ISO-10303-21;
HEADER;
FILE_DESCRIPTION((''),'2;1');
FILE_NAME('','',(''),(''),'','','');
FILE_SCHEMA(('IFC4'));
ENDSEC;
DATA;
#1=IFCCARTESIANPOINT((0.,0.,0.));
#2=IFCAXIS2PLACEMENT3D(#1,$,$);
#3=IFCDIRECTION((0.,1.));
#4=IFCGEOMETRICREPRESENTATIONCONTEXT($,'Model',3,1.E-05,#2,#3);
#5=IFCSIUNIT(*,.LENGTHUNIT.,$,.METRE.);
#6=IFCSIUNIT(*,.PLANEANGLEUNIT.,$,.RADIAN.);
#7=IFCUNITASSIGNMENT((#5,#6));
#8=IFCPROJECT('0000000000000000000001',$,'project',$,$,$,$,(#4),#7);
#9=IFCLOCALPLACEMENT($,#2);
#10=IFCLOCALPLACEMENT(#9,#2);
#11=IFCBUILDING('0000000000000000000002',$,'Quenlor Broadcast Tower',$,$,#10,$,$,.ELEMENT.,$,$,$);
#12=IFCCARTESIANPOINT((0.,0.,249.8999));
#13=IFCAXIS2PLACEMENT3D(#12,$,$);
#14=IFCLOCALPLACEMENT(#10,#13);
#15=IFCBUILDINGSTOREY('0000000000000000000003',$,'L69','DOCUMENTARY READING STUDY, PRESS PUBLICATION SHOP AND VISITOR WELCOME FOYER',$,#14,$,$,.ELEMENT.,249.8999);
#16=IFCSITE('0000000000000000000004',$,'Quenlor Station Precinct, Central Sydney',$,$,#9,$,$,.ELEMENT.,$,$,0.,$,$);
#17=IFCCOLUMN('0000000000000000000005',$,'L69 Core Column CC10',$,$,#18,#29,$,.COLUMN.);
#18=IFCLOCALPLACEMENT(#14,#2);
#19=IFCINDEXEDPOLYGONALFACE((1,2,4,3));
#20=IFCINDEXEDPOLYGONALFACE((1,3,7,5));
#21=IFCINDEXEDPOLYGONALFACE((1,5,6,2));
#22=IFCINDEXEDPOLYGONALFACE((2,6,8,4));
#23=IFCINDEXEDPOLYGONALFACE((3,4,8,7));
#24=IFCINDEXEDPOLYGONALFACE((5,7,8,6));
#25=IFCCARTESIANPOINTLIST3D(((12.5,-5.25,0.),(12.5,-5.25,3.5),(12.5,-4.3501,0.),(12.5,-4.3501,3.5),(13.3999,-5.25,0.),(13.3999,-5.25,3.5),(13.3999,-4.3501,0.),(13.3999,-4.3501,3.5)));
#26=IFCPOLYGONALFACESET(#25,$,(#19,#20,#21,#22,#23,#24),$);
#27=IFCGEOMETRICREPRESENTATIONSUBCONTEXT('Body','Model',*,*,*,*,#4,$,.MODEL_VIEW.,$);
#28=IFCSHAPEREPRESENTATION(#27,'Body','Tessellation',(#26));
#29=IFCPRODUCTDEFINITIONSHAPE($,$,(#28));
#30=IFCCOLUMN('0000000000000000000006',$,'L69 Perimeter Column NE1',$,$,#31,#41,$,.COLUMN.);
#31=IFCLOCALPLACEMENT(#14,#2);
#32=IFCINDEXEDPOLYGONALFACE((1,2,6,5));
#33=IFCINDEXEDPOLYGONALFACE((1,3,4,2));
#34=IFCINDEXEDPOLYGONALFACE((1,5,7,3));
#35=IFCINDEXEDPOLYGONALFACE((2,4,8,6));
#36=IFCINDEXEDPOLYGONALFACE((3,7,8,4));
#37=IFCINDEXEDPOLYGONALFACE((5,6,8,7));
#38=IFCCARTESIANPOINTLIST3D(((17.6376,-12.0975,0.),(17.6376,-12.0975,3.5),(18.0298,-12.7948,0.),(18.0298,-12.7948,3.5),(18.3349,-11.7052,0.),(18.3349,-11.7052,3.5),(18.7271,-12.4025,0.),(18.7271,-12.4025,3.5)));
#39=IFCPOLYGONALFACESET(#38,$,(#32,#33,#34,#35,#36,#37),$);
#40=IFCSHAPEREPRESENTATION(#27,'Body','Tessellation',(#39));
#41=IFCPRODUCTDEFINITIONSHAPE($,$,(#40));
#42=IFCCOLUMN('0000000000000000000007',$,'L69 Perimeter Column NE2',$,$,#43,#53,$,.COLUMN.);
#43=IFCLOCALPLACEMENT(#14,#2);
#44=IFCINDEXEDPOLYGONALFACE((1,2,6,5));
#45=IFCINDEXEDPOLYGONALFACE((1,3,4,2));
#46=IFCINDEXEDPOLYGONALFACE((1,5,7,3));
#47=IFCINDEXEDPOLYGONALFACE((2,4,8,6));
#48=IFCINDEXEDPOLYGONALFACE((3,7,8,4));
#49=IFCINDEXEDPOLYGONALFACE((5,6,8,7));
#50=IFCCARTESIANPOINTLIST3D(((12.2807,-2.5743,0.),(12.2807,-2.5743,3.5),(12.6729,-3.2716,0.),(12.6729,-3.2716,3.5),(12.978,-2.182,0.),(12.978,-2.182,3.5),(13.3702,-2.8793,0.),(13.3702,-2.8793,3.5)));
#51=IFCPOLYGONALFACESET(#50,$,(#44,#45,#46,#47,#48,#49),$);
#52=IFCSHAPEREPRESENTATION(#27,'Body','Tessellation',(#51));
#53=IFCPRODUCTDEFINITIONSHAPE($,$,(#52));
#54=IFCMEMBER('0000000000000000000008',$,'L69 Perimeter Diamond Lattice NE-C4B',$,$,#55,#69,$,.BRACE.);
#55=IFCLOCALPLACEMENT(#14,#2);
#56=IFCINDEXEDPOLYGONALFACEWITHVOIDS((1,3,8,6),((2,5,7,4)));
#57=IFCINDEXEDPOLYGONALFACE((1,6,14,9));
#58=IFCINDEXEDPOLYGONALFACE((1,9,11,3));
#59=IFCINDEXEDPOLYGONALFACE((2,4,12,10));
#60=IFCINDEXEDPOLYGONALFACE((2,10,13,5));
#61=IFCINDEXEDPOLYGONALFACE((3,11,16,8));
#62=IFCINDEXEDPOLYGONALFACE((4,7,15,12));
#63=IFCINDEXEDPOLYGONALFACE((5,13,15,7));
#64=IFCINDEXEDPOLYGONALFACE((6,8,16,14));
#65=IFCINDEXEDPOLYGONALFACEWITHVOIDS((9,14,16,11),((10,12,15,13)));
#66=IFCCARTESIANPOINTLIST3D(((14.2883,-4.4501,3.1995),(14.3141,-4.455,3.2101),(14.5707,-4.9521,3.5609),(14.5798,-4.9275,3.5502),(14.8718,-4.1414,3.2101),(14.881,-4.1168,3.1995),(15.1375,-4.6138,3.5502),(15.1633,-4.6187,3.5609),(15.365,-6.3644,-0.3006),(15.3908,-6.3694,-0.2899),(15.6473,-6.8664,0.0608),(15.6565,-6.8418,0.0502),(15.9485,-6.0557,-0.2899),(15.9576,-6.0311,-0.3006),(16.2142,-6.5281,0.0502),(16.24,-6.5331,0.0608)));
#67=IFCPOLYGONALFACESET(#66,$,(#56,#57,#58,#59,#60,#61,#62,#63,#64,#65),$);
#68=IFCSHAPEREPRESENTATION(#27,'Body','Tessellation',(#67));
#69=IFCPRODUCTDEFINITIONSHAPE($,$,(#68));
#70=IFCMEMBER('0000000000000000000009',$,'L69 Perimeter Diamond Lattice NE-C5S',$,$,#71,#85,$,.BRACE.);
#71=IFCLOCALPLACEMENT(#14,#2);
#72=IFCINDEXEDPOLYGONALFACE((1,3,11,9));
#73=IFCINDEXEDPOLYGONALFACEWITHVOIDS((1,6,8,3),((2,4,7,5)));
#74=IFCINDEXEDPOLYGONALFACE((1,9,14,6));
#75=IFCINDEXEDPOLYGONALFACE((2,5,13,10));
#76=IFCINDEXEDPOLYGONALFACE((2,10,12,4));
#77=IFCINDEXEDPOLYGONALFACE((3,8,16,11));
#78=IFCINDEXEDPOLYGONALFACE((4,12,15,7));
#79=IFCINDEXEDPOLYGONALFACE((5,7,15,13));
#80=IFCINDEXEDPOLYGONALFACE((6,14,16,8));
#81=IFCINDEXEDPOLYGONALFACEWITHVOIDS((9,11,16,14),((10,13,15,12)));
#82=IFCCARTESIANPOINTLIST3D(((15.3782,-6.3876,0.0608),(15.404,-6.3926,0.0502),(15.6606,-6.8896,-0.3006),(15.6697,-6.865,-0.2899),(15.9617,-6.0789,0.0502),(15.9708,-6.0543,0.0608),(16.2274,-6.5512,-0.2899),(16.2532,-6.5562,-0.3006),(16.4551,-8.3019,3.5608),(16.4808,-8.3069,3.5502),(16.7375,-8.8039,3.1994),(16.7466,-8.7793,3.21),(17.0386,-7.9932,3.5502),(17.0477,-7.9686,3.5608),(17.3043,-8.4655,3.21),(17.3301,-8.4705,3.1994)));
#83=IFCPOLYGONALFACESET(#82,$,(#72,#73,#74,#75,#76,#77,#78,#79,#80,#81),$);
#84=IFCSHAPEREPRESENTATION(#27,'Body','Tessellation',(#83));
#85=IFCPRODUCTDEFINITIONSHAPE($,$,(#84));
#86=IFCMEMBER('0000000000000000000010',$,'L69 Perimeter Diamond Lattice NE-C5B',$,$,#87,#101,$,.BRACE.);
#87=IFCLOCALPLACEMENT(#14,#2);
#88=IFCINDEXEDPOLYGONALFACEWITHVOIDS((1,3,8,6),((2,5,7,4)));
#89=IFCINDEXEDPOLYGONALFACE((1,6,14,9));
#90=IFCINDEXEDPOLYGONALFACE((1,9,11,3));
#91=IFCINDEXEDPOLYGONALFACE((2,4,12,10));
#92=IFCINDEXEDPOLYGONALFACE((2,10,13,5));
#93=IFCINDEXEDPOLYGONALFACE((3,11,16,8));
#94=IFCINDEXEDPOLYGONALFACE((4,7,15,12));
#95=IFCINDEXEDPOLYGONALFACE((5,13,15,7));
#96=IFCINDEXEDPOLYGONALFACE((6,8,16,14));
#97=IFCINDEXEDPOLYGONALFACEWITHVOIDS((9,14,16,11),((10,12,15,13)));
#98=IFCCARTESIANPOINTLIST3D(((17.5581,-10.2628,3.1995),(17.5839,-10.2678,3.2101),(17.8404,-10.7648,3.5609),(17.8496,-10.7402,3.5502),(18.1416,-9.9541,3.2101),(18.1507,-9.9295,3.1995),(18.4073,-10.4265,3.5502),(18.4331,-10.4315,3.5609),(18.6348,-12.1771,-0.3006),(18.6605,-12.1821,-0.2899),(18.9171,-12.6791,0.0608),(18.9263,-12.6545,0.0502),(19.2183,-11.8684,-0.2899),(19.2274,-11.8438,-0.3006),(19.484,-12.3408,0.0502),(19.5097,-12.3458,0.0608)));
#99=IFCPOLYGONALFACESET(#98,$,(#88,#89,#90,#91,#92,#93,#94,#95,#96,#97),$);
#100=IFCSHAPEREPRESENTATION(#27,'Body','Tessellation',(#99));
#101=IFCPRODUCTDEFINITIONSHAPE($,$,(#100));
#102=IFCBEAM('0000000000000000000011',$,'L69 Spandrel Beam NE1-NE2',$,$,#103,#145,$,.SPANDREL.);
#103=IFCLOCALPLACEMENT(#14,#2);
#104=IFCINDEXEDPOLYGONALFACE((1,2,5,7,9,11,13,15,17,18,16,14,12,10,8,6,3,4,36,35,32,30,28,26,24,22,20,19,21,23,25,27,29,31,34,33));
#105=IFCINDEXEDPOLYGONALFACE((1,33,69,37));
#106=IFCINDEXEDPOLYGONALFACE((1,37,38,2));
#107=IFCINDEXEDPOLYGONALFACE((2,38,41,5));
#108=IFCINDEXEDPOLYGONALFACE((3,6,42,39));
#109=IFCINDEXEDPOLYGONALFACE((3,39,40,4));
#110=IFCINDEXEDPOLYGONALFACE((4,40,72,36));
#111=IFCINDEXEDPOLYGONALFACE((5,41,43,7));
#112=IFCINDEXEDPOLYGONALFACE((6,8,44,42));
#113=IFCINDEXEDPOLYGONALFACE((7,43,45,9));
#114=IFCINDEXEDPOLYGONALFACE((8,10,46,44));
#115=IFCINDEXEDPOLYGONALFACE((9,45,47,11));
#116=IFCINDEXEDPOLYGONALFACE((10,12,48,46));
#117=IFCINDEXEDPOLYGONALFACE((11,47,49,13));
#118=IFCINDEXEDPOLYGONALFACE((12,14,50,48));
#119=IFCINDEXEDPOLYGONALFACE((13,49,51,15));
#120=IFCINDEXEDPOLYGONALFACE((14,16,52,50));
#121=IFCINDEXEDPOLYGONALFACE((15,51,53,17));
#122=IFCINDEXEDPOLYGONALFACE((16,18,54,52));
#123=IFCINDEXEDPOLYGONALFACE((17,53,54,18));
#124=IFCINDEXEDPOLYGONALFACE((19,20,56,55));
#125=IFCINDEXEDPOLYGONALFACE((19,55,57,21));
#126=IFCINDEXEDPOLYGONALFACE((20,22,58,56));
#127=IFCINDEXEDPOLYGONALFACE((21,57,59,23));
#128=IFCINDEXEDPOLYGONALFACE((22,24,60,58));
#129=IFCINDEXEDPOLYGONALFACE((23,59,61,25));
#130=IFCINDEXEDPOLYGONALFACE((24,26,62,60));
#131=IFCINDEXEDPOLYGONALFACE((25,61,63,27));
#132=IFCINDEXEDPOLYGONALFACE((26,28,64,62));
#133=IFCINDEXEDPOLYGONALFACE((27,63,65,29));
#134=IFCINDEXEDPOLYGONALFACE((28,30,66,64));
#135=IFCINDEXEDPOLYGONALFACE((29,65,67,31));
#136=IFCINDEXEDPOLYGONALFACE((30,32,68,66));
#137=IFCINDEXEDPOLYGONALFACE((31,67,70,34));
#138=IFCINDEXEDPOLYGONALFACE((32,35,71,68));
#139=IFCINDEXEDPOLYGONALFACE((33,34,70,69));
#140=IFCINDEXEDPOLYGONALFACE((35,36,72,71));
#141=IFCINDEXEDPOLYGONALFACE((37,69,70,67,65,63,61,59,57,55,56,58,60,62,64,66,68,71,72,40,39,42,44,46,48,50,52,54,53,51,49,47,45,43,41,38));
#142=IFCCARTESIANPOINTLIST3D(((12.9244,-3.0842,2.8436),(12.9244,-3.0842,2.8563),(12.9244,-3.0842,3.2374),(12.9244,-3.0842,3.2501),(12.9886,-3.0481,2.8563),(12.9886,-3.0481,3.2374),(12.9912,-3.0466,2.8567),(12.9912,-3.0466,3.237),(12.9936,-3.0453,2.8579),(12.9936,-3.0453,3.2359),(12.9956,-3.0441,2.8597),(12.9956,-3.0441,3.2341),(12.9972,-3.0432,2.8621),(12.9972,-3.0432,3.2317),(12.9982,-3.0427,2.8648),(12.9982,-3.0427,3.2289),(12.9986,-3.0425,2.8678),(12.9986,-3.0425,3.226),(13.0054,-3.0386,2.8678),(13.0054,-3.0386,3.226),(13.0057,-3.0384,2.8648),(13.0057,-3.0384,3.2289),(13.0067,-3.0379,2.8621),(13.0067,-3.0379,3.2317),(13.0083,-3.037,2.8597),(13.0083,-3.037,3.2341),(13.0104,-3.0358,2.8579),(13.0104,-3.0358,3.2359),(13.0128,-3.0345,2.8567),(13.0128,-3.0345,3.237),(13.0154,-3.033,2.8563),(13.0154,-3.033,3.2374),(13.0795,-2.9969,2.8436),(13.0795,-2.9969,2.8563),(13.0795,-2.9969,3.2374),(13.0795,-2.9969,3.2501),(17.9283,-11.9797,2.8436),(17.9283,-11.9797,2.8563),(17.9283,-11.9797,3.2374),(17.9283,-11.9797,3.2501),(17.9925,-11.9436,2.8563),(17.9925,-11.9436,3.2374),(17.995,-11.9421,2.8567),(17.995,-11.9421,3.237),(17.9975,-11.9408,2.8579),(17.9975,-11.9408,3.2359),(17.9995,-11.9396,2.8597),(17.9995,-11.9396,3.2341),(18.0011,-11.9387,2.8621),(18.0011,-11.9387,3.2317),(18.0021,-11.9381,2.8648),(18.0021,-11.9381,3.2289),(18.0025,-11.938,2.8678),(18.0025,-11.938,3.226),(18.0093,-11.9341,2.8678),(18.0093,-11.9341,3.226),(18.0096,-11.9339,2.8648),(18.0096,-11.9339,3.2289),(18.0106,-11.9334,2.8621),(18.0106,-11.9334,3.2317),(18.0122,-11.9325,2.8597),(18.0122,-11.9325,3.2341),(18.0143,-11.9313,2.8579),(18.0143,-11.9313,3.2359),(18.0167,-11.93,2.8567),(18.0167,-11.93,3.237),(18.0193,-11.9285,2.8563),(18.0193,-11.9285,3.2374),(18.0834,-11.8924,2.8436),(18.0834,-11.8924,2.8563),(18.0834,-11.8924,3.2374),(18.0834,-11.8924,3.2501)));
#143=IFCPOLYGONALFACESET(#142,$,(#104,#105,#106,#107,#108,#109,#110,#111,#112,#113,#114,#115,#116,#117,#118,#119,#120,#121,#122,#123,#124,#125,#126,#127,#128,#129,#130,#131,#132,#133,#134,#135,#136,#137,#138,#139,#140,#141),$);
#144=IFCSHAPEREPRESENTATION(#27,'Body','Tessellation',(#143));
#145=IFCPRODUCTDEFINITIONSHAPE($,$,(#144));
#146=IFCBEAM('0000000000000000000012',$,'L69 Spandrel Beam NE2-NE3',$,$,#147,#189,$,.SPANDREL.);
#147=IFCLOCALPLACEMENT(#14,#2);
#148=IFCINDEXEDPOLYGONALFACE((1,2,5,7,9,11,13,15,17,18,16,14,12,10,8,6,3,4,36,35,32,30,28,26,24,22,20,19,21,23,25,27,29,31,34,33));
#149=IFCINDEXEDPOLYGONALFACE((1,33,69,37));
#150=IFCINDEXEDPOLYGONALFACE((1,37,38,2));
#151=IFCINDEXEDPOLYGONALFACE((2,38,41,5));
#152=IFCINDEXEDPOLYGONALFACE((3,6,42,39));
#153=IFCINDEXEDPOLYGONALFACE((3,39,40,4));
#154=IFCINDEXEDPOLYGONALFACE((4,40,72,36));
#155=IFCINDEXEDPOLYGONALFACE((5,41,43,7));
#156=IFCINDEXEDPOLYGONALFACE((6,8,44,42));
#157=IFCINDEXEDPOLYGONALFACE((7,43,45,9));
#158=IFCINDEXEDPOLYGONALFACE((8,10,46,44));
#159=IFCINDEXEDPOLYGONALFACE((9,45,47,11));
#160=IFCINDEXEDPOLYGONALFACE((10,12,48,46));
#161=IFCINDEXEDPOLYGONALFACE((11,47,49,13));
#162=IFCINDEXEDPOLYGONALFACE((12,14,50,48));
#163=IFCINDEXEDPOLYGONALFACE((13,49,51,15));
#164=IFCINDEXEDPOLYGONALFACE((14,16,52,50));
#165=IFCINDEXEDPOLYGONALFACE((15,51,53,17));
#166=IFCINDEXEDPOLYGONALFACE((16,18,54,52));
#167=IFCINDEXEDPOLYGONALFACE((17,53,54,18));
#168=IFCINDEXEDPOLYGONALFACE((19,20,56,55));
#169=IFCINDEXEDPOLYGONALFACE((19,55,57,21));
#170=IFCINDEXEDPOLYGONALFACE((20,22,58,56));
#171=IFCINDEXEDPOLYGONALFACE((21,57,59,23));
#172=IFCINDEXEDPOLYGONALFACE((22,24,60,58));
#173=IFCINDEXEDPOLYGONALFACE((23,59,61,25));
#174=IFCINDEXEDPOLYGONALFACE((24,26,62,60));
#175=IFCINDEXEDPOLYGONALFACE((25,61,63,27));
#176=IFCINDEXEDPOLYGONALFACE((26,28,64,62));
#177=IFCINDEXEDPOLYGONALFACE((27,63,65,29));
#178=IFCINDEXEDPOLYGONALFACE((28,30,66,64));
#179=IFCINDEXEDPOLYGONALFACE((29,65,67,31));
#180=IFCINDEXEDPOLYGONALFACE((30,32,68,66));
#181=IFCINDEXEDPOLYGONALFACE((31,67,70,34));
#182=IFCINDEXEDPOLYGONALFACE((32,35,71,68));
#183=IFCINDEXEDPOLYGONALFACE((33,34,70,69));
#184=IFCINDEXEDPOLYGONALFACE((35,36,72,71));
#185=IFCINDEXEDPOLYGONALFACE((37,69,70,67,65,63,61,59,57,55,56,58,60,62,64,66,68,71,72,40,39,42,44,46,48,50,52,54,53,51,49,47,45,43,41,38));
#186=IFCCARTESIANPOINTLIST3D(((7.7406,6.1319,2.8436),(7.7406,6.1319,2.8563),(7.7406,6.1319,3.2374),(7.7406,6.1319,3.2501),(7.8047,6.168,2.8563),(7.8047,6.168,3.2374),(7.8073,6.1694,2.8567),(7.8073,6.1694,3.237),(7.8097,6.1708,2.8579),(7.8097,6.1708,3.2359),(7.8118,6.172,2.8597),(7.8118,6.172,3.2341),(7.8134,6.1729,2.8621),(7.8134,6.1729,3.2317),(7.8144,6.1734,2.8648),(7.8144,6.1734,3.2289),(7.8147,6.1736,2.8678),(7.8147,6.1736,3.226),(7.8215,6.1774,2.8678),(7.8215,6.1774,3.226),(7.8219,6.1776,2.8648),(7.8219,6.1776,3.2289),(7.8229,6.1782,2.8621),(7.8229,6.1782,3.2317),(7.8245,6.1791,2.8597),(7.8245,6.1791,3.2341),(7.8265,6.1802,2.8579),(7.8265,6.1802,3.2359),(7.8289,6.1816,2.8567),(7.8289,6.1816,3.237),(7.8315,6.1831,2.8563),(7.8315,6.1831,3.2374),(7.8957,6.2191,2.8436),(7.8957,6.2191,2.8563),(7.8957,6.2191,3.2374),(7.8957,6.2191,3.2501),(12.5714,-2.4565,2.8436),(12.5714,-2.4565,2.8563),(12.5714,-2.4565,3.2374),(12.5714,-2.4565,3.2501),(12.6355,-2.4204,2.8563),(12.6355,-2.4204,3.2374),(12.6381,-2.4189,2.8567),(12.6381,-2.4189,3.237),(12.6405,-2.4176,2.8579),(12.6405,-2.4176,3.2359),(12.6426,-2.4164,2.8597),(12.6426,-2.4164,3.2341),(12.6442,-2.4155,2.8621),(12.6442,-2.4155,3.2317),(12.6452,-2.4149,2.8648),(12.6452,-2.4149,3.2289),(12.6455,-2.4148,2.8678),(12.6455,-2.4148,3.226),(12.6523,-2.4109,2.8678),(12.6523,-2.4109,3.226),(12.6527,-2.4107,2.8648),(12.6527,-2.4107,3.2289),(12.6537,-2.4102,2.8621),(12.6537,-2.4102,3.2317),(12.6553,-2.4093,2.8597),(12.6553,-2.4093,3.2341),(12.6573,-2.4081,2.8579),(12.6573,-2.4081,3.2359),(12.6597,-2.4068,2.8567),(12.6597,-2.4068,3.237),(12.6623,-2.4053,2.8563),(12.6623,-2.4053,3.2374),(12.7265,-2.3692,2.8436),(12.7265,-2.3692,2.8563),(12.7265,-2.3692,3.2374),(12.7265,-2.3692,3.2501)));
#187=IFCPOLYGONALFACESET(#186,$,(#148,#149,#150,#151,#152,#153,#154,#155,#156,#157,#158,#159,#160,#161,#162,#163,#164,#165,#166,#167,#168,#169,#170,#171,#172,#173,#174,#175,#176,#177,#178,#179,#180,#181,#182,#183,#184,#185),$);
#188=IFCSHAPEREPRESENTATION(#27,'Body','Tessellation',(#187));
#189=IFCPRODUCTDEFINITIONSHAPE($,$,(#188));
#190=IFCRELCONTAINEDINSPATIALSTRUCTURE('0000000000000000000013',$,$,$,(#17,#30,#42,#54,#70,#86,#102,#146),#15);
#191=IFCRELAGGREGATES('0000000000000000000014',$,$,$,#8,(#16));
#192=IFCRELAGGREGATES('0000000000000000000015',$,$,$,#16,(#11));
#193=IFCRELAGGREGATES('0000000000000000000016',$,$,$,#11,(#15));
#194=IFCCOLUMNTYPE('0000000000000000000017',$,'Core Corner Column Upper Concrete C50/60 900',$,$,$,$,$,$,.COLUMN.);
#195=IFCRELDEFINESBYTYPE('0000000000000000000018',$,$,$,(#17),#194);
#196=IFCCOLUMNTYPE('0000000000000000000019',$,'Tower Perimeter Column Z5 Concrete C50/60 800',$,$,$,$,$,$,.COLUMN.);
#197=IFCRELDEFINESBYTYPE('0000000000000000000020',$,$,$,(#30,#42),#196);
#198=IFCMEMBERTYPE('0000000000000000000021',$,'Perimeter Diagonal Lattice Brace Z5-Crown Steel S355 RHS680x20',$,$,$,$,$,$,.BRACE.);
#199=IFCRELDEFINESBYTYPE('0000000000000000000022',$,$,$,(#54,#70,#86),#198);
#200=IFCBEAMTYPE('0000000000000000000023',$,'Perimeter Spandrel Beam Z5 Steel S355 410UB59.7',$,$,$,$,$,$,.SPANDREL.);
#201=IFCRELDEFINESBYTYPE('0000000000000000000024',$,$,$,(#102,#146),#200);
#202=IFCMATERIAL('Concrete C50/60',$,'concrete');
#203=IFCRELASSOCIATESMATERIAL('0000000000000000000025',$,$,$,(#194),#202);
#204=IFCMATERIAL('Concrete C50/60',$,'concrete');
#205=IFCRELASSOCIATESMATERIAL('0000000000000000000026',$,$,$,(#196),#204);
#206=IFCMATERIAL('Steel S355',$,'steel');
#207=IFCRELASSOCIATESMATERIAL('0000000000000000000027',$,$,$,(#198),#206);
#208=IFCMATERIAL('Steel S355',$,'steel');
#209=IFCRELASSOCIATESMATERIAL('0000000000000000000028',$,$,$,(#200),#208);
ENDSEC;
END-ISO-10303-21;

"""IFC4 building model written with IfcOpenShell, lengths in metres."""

from ifc_helpers import new_model, si_unit, direction, frame, origin, origin_2d, place, context, subcontext, project, spatial, rectangle, hollow_rectangle, i_section, extrude, material, material_profile, profile_set, type_object, element, save


model = new_model("IFC4")

# Units and contexts
model_context = context("Model", 3, precision=1e-05, world=origin(), true_north=direction((0.0, 1.0)))
body_context = subcontext(model_context, "Body", "Model", "MODEL_VIEW")
ifc_project = project(units=[si_unit("LENGTHUNIT", "METRE"), si_unit("PLANEANGLEUNIT", "RADIAN")], contexts=[model_context])

# Site, building, storey
site_placement = place(None, origin())
site = spatial("IfcSite", under=ifc_project, at=site_placement, Name="Quenlor Station Precinct, Central Sydney", CompositionType="ELEMENT", RefElevation=0.0)
building_placement = place(site_placement, origin())
building = spatial("IfcBuilding", under=site, at=building_placement, Name="Quenlor Broadcast Tower", CompositionType="ELEMENT")
storey_placement = place(building_placement, frame((0.0, 0.0, 249.8999)))
storey = spatial("IfcBuildingStorey", under=building, at=storey_placement, Name="L69", Description="DOCUMENTARY READING STUDY, PRESS PUBLICATION SHOP AND VISITOR WELCOME FOYER", CompositionType="ELEMENT", Elevation=249.8999)

# Columns
ifc_material_1 = material(Name="Concrete C50/60", Category="concrete")
ifc_material_profile_1 = material_profile(ifc_material_1, rectangle(XDim=0.8999, YDim=0.8999, at=origin_2d()))
ifc_profile_set_1 = profile_set([ifc_material_profile_1], Name="Concrete C50/60 RC900x900")
column_type_1 = type_object("IfcColumnType", Name="Core Corner Column Upper Concrete C50/60 900", PredefinedType="COLUMN", material=ifc_profile_set_1)
column_placement = place(storey_placement, frame((12.95, -4.8, 0.0), z_axis=(0.0, 0.0, 1.0), x_axis=(1.0, 0.0, 0.0)))
element("IfcColumn", 1, at=column_placement, inside=storey, type_object=column_type_1, Name="L69 Core Column CC10", PredefinedType="COLUMN", context=body_context, shape_type="SweptSolid", body=[
    extrude(rectangle(XDim=0.8999, YDim=0.8999, at=origin_2d()), origin(), (0.0, 0.0, 1.0), 3.5),
])
ifc_material_2 = material(Name="Concrete C50/60", Category="concrete")
ifc_material_profile_2 = material_profile(ifc_material_2, rectangle(XDim=0.8, YDim=0.8, at=origin_2d()))
ifc_profile_set_2 = profile_set([ifc_material_profile_2], Name="Concrete C50/60 RC800x800")
column_type_2 = type_object("IfcColumnType", Name="Tower Perimeter Column Z5 Concrete C50/60 800", PredefinedType="COLUMN", material=ifc_profile_set_2)
for number, where, z_axis, x_axis, name in (
    (2, (18.1824, -12.25, 0.0), (0.0, 0.0, 1.0), (0.871575, 0.490262, 0.0), "L69 Perimeter Column NE1"),
    (3, (12.8254, -2.7268, 0.0), (0.0, 0.0, 1.0), (0.871575, 0.490262, 0.0), "L69 Perimeter Column NE2"),
):
    element("IfcColumn", number, at=place(storey_placement, frame(where, z_axis=z_axis, x_axis=x_axis)), inside=storey, type_object=column_type_2, Name=name, PredefinedType="COLUMN", context=body_context, shape_type="SweptSolid", body=[
        extrude(rectangle(XDim=0.8, YDim=0.8, at=origin_2d()), origin(), (0.0, 0.0, 1.0), 3.5),
    ])

# Members
ifc_material_3 = material(Name="Steel S355", Category="steel")
ifc_material_profile_3 = material_profile(ifc_material_3, hollow_rectangle(XDim=0.6799, YDim=0.6799, WallThickness=0.02, at=origin_2d()))
ifc_profile_set_3 = profile_set([ifc_material_profile_3], Name="Steel S355 RHS680x680x20")
member_type = type_object("IfcMemberType", Name="Perimeter Diagonal Lattice Brace Z5-Crown Steel S355 RHS680x20", PredefinedType="BRACE", material=ifc_profile_set_3)
for number, where, z_axis, x_axis, name in (
    (4, (15.8025, -6.4487, -0.1199), (-0.260564, 0.463283, 0.847039), (-0.871602, -0.490214, 0.0), "L69 Perimeter Diamond Lattice NE-C4B"),
    (5, (15.8157, -6.4719, -0.1199), (0.260619, -0.463276, 0.847026), (0.871555, 0.490298, 0.0), "L69 Perimeter Diamond Lattice NE-C5S"),
    (6, (19.0723, -12.2615, -0.1199), (-0.260564, 0.463283, 0.847039), (-0.871602, -0.490214, 0.0), "L69 Perimeter Diamond Lattice NE-C5B"),
):
    element("IfcMember", number, at=place(storey_placement, frame(where, z_axis=z_axis, x_axis=x_axis)), inside=storey, type_object=member_type, Name=name, PredefinedType="BRACE", context=body_context, shape_type="SweptSolid", body=[
        extrude(hollow_rectangle(XDim=0.6799, YDim=0.6799, WallThickness=0.02, at=origin_2d()), origin(), (0.0, 0.0, 1.0), 4.1321),
    ])

# Beams
ifc_material_4 = material(Name="Steel S355", Category="steel")
ifc_material_profile_4 = material_profile(ifc_material_4, i_section(OverallWidth=0.178, OverallDepth=0.4065, WebThickness=0.0078, FlangeThickness=0.0127, FilletRadius=0.0115, at=origin_2d()))
ifc_profile_set_4 = profile_set([ifc_material_profile_4], Name="Steel S355 410UB59.7")
beam_type_1 = type_object("IfcBeamType", Name="Perimeter Spandrel Beam Z5 Steel S355 410UB59.7", PredefinedType="SPANDREL", material=ifc_profile_set_4)
beam_1_placement = place(storey_placement, frame((18.0059, -11.936, 3.0469), z_axis=(-0.490275, 0.871568, 0.0), x_axis=(-0.871568, -0.490275, 0.0)))
element("IfcBeam", 7, at=beam_1_placement, inside=storey, type_object=beam_type_1, Name="L69 Spandrel Beam NE1-NE2", PredefinedType="SPANDREL", context=body_context, shape_type="SweptSolid", body=[
    extrude(i_section(OverallWidth=0.178, OverallDepth=0.4065, WebThickness=0.0078, FlangeThickness=0.0127, FilletRadius=0.0115, at=origin_2d()), origin(), (0.0, 0.0, 1.0), 10.2063),
])
beam_2_placement = place(storey_placement, frame((12.6489, -2.4128, 3.0469), z_axis=(-0.490249, 0.871582, 0.0), x_axis=(-0.871582, -0.490249, 0.0)))
element("IfcBeam", 8, at=beam_2_placement, inside=storey, type_object=beam_type_1, Name="L69 Spandrel Beam NE2-NE3", PredefinedType="SPANDREL", context=body_context, shape_type="SweptSolid", body=[
    extrude(i_section(OverallWidth=0.178, OverallDepth=0.4065, WebThickness=0.0078, FlangeThickness=0.0127, FilletRadius=0.0115, at=origin_2d()), origin(), (0.0, 0.0, 1.0), 9.8538),
])

save(model, "model.ifc")
